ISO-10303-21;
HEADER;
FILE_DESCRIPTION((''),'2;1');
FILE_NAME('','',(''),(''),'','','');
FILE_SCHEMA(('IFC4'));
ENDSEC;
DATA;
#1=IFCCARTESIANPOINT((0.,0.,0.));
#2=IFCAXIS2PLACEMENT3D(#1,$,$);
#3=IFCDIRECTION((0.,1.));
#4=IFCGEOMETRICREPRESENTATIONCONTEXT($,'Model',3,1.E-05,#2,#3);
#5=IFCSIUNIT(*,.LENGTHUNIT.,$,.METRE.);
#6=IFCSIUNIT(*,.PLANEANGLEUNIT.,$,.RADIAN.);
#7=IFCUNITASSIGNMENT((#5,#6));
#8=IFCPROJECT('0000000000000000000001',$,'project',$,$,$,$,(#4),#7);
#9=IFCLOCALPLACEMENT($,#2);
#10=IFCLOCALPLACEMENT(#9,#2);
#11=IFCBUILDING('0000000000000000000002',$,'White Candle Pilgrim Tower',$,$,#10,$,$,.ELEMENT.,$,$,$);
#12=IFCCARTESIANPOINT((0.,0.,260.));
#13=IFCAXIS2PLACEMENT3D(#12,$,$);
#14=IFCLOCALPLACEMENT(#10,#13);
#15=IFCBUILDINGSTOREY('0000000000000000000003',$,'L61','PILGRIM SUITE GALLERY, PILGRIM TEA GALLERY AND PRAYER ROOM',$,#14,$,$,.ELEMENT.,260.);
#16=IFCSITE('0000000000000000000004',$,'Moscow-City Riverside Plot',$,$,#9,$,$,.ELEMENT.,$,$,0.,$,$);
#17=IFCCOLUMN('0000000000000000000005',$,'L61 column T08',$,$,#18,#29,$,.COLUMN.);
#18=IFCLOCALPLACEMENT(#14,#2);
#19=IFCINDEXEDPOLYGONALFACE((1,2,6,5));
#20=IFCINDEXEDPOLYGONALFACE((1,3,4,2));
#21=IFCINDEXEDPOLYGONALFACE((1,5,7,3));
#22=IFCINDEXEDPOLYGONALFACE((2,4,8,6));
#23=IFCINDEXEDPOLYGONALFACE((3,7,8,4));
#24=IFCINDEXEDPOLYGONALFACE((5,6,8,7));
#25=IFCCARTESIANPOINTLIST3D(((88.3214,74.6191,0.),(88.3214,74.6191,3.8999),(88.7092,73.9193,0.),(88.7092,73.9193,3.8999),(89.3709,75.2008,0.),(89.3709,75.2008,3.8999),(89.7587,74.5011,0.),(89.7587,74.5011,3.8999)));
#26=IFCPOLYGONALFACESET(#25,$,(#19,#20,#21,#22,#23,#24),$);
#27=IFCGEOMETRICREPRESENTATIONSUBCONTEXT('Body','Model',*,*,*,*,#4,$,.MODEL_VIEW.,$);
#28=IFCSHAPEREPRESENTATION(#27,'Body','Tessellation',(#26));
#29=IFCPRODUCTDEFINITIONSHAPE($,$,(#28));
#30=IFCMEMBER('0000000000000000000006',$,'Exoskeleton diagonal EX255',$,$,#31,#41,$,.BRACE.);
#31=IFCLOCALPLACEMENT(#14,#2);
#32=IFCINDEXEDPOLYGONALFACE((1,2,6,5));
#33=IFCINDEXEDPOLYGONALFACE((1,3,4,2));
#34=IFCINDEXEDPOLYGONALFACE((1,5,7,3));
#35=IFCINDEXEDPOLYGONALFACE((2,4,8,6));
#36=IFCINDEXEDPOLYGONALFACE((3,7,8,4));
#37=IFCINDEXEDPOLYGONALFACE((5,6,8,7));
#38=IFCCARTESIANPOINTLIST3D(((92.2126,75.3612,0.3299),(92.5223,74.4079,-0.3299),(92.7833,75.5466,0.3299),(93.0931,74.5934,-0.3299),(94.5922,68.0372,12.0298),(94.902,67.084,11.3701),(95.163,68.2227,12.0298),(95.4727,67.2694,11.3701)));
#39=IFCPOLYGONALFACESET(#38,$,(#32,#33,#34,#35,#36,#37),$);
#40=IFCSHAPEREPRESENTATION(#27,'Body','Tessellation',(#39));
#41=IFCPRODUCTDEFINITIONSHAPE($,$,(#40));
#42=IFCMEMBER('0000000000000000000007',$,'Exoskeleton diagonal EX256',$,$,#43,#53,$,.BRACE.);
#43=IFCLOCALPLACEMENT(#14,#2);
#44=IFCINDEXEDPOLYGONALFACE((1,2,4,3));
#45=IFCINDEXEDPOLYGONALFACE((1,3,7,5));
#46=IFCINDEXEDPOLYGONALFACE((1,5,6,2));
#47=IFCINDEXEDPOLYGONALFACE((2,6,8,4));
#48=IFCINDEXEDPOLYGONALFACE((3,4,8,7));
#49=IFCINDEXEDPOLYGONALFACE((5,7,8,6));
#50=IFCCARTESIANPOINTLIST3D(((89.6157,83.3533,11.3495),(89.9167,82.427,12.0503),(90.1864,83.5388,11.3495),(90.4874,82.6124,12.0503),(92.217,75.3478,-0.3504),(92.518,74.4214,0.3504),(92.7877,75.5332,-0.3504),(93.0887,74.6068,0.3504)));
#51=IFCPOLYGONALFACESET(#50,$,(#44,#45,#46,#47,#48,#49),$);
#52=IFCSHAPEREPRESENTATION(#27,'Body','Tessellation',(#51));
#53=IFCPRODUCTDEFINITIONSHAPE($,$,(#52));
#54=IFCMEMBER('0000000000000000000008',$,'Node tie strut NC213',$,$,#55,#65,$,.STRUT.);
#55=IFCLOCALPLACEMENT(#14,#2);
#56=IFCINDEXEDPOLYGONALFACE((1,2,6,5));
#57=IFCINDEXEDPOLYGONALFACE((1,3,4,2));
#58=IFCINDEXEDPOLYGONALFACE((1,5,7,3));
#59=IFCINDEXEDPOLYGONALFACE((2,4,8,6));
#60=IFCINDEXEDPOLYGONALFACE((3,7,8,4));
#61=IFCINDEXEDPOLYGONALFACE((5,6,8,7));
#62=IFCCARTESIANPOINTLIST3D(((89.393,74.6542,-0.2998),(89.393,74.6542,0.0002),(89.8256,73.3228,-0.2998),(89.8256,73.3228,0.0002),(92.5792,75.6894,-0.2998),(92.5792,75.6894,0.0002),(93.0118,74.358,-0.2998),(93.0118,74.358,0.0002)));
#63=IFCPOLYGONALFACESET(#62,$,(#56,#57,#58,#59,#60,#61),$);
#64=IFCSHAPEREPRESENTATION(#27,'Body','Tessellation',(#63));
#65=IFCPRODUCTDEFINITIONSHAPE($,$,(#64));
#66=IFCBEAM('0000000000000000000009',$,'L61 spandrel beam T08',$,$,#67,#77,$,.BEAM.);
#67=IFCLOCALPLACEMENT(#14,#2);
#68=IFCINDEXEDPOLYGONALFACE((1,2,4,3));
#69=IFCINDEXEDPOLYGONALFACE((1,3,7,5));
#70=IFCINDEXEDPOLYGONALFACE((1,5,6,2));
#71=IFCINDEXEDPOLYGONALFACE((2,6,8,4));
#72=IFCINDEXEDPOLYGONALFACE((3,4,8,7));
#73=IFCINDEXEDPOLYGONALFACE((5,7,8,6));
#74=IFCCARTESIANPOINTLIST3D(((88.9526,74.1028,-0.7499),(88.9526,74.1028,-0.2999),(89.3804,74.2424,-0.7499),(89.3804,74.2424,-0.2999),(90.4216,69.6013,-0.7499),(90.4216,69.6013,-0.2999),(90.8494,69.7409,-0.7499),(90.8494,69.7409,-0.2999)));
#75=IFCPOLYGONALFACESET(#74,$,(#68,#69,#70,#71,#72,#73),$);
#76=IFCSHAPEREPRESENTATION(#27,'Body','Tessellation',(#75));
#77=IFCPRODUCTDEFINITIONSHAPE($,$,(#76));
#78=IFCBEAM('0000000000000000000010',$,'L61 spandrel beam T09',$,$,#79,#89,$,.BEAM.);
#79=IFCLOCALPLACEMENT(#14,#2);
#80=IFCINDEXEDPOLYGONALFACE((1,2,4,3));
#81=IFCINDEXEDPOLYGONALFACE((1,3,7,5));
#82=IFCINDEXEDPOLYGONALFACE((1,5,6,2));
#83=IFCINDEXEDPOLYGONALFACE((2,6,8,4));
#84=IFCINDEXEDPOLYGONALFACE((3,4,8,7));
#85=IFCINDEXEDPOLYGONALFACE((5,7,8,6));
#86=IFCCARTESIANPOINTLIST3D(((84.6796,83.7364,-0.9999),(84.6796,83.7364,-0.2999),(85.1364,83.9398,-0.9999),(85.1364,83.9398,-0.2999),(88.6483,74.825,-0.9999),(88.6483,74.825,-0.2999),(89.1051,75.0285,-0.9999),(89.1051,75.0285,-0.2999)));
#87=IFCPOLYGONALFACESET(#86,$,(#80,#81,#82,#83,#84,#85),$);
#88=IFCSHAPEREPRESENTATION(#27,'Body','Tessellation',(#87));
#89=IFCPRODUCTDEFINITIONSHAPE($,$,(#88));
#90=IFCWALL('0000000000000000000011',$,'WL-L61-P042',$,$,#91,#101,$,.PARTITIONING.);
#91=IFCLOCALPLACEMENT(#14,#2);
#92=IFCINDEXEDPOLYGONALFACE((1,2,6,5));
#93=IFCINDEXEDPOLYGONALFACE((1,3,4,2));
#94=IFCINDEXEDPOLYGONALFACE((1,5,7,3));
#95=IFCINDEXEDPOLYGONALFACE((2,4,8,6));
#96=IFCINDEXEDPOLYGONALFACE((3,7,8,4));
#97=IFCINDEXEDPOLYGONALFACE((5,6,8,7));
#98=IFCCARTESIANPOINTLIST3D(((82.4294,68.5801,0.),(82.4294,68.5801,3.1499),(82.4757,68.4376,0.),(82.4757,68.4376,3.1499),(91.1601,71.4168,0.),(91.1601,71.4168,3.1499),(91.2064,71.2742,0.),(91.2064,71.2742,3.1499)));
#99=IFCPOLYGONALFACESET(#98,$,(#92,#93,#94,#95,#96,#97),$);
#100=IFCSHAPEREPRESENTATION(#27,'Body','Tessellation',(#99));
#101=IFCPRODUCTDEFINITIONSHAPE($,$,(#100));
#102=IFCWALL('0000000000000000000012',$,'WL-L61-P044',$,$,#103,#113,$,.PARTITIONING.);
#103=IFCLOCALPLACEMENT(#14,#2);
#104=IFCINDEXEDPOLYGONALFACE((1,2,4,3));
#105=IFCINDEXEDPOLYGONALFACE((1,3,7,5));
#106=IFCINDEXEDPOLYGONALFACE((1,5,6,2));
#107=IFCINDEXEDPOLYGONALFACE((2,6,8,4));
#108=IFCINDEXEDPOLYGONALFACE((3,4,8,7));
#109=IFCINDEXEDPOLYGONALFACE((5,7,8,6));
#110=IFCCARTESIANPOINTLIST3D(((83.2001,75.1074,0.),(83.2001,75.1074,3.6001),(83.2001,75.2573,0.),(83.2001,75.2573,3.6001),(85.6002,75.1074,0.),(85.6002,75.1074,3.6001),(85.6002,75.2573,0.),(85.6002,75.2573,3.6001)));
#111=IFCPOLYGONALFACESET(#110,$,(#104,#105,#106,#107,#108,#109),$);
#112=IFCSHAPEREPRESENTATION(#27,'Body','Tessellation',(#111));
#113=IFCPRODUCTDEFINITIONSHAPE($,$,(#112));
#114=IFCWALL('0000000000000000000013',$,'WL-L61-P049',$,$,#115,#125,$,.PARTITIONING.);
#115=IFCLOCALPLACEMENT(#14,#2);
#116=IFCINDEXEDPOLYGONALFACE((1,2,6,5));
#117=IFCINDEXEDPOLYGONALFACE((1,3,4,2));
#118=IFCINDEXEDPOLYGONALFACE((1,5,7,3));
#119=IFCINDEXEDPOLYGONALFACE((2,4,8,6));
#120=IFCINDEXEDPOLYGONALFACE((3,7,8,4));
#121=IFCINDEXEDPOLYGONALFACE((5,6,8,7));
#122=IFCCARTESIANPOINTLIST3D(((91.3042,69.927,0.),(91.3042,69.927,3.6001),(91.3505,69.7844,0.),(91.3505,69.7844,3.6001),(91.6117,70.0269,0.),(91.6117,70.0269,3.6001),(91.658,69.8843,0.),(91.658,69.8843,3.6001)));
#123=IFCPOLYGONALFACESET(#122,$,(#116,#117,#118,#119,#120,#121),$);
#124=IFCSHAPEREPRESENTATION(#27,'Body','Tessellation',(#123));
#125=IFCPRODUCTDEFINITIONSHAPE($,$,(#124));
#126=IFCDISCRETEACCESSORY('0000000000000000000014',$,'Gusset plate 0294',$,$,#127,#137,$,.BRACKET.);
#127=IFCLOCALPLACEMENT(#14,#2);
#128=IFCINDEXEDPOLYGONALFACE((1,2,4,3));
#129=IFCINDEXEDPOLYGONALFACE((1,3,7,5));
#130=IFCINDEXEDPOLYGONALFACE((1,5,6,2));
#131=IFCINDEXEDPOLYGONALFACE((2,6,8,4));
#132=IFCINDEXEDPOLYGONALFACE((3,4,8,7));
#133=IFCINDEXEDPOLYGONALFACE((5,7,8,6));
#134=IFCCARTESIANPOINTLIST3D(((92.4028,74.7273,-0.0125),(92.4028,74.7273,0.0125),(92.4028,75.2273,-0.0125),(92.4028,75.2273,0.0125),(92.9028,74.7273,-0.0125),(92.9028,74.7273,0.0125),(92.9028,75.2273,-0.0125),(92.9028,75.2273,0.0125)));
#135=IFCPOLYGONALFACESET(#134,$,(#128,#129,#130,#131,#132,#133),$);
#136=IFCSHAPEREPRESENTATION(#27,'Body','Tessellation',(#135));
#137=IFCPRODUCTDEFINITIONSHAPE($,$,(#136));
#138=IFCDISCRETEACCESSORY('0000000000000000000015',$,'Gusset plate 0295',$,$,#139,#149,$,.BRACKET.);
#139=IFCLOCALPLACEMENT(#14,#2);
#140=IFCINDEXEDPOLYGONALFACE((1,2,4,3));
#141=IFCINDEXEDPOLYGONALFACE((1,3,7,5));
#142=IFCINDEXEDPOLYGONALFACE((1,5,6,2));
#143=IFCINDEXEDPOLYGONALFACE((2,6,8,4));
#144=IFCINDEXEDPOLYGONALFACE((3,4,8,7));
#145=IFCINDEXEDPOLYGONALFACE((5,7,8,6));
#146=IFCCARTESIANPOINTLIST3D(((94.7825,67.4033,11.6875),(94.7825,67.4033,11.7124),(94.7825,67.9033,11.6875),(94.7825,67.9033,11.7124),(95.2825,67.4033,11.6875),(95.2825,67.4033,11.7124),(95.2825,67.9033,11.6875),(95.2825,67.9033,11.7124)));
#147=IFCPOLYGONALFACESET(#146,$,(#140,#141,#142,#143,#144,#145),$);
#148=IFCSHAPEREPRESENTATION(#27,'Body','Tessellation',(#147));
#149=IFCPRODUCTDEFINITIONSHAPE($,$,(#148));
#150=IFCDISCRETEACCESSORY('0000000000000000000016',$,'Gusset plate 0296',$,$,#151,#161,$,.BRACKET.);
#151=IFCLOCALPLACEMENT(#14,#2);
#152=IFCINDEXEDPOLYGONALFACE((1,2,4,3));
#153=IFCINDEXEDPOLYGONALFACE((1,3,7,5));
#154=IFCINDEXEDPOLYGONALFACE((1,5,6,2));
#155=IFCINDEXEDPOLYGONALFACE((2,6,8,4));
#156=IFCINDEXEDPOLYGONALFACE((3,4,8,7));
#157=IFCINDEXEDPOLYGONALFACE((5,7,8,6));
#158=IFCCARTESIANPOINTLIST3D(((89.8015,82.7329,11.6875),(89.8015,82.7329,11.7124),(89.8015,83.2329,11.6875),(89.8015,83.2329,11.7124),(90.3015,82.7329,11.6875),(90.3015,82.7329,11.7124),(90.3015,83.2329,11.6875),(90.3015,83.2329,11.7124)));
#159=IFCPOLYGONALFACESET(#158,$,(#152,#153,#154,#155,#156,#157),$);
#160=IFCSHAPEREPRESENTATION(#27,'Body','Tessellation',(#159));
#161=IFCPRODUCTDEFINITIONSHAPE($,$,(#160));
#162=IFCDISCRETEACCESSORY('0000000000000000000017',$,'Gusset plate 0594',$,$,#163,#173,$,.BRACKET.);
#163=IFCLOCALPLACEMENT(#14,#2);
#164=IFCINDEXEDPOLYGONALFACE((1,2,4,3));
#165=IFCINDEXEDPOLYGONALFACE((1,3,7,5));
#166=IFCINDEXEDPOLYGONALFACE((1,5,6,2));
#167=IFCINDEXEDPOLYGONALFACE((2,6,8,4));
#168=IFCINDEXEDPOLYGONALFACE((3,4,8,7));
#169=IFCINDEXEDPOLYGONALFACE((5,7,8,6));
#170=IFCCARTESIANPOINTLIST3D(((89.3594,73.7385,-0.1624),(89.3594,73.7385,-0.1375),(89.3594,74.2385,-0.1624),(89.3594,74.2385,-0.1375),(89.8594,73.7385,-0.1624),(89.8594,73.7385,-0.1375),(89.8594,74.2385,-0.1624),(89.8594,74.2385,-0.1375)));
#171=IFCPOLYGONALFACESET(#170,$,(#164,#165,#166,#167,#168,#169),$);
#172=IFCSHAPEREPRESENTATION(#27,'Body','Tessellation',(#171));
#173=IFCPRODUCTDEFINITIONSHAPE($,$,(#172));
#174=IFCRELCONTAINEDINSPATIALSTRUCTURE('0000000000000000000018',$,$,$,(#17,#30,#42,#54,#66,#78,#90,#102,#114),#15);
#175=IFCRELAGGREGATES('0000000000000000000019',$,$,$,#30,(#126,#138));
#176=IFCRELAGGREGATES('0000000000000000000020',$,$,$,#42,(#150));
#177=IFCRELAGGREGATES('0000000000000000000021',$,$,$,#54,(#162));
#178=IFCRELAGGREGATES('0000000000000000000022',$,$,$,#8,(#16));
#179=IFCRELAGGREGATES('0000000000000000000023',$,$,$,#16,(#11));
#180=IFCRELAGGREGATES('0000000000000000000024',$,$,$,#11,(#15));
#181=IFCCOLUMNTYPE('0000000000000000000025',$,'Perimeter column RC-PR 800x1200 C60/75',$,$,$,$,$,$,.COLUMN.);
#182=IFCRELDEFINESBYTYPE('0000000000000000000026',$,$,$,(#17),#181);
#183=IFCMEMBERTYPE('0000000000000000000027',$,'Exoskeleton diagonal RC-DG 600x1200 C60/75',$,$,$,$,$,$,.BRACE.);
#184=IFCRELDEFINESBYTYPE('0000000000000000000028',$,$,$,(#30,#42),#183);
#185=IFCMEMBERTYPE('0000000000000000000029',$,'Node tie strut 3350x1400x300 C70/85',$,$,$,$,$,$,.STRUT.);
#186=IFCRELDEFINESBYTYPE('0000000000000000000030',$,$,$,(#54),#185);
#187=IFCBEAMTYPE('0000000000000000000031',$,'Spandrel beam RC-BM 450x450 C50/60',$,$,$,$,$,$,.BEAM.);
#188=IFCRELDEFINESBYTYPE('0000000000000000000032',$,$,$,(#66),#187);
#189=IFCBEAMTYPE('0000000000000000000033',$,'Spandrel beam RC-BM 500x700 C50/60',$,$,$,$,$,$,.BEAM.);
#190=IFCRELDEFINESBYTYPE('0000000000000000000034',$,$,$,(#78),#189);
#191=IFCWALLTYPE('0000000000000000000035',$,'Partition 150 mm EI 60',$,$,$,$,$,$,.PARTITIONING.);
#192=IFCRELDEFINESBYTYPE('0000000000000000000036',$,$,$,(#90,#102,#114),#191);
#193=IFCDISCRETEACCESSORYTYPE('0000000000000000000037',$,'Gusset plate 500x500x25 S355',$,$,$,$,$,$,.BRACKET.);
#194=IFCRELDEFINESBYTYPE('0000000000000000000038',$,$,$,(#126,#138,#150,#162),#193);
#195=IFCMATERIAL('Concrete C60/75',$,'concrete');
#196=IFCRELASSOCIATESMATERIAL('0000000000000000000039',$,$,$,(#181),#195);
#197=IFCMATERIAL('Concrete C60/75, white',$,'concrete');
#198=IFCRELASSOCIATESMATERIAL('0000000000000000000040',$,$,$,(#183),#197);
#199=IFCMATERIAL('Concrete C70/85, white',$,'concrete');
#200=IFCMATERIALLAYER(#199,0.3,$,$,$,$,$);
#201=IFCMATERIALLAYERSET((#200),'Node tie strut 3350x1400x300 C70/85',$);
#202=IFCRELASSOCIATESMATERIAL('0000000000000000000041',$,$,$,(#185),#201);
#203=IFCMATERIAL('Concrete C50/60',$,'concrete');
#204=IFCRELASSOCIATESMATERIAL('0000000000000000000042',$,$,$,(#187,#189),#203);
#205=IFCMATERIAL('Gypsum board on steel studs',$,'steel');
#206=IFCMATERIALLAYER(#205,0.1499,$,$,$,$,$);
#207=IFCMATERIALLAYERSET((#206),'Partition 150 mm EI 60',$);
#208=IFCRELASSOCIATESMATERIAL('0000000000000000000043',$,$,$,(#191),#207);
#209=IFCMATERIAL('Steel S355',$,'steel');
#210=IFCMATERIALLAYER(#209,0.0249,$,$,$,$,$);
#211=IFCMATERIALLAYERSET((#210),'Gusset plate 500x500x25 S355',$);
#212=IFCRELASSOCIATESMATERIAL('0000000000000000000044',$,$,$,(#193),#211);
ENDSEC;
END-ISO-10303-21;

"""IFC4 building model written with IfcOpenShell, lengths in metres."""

from ifc_helpers import new_model, si_unit, direction, frame, frame_2d, origin, origin_2d, place, context, subcontext, project, spatial, rectangle, extrude, material, layer, layer_set, material_profile, profile_set, type_object, element, aggregate, save


model = new_model("IFC4")

# Units and contexts
model_context = context("Model", 3, precision=1e-05, world=origin(), true_north=direction((0.0, 1.0)))
body_context = subcontext(model_context, "Body", "Model", "MODEL_VIEW")
ifc_project = project(units=[si_unit("LENGTHUNIT", "METRE"), si_unit("PLANEANGLEUNIT", "RADIAN")], contexts=[model_context])

# Site, building, storey
site_placement = place(None, origin())
site = spatial("IfcSite", under=ifc_project, at=site_placement, Name="Moscow-City Riverside Plot", CompositionType="ELEMENT", RefElevation=0.0)
building_placement = place(site_placement, origin())
building = spatial("IfcBuilding", under=site, at=building_placement, Name="White Candle Pilgrim Tower", CompositionType="ELEMENT")
storey_placement = place(building_placement, frame((0.0, 0.0, 260.0)))
storey = spatial("IfcBuildingStorey", under=building, at=storey_placement, Name="L61", Description="PILGRIM SUITE GALLERY, PILGRIM TEA GALLERY AND PRAYER ROOM", CompositionType="ELEMENT", Elevation=260.0)

# Column
ifc_material_1 = material(Name="Concrete C60/75", Category="concrete")
ifc_material_profile_1 = material_profile(ifc_material_1, rectangle(XDim=0.8, YDim=1.2, at=origin_2d()), Name="RC-PR 800x1200")
ifc_profile_set_1 = profile_set([ifc_material_profile_1], Name="Concrete C60/75")
column_type = type_object("IfcColumnType", Name="Perimeter column RC-PR 800x1200 C60/75", PredefinedType="COLUMN", material=ifc_profile_set_1)
column_placement = place(storey_placement, frame((89.04, 74.5601, 0.0), z_axis=(0.0, 0.0, 1.0), x_axis=(0.48481, -0.87462, 0.0)))
element("IfcColumn", 1, at=column_placement, inside=storey, type_object=column_type, Name="L61 column T08", PredefinedType="COLUMN", context=body_context, shape_type="SweptSolid", body=[
    extrude(rectangle(XDim=0.8, YDim=1.2, at=origin_2d()), origin(), (0.0, 0.0, 1.0), 3.8999),
])

# Members
ifc_material_2 = material(Name="Concrete C60/75, white", Category="concrete")
ifc_material_profile_2 = material_profile(ifc_material_2, rectangle(XDim=0.6001, YDim=1.2, at=origin_2d()), Name="RC-DG 600x1200")
ifc_profile_set_2 = profile_set([ifc_material_profile_2], Name="Concrete C60/75, white")
member_type_1 = type_object("IfcMemberType", Name="Exoskeleton diagonal RC-DG 600x1200 C60/75", PredefinedType="BRACE", material=ifc_profile_set_2)
member_1_placement = place(storey_placement, frame((92.6528, 74.9773, 0.0), z_axis=(0.169891, -0.522885, 0.835301), x_axis=(0.951059, 0.309009, 0.0)))
member_1 = element("IfcMember", 2, at=member_1_placement, inside=storey, type_object=member_type_1, Name="Exoskeleton diagonal EX255", PredefinedType="BRACE", context=body_context, shape_type="SweptSolid", body=[
    extrude(rectangle(XDim=0.6001, YDim=1.2, at=origin_2d()), origin(), (0.0, 0.0, 1.0), 14.0068),
])
member_2_placement = place(storey_placement, frame((92.6528, 74.9773, 0.0), z_axis=(-0.180479, 0.555429, 0.811742), x_axis=(-0.951052, -0.309032, 0.0)))
member_2 = element("IfcMember", 3, at=member_2_placement, inside=storey, type_object=member_type_1, Name="Exoskeleton diagonal EX256", PredefinedType="BRACE", context=body_context, shape_type="SweptSolid", body=[
    extrude(rectangle(XDim=0.6001, YDim=1.2, at=origin_2d()), origin(), (0.0, 0.0, 1.0), 14.4133),
])
ifc_material_3 = material(Name="Concrete C70/85, white", Category="concrete")
ifc_layer_1 = layer(ifc_material_3, 0.3)
ifc_layer_set_1 = layer_set([ifc_layer_1], Name="Node tie strut 3350x1400x300 C70/85")
member_type_2 = type_object("IfcMemberType", Name="Node tie strut 3350x1400x300 C70/85", PredefinedType="STRUT", material=ifc_layer_set_1)
member_3_placement = place(storey_placement, frame((91.2024, 74.5061, -0.2998), z_axis=(0.0, 0.0, 1.0), x_axis=(-0.309017, 0.951057, 0.0)))
member_3 = element("IfcMember", 4, at=member_3_placement, inside=storey, type_object=member_type_2, Name="Node tie strut NC213", PredefinedType="STRUT", context=body_context, shape_type="SweptSolid", body=[
    extrude(rectangle(XDim=1.3999, YDim=3.3501, at=origin_2d()), origin(), (0.0, 0.0, 1.0), 0.3),
])

# Beams
ifc_material_4 = material(Name="Concrete C50/60", Category="concrete")
ifc_material_profile_3 = material_profile(ifc_material_4, rectangle(XDim=0.45, YDim=0.45, at=origin_2d()), Name="RC-BM 450x450")
ifc_profile_set_3 = profile_set([ifc_material_profile_3], Name="Concrete C50/60")
beam_type_1 = type_object("IfcBeamType", Name="Spandrel beam RC-BM 450x450 C50/60", PredefinedType="BEAM", material=ifc_profile_set_3)
beam_1_placement = place(storey_placement, frame((90.6355, 69.6711, -0.5249), z_axis=(-0.310235, 0.95066, 0.0), x_axis=(-0.95066, -0.310235, 0.0)))
element("IfcBeam", 5, at=beam_1_placement, inside=storey, type_object=beam_type_1, Name="L61 spandrel beam T08", PredefinedType="BEAM", context=body_context, shape_type="SweptSolid", body=[
    extrude(rectangle(XDim=0.45, YDim=0.45, at=origin_2d()), origin(), (0.0, 0.0, 1.0), 4.7351),
])
ifc_material_profile_4 = material_profile(ifc_material_4, rectangle(XDim=0.5, YDim=0.7, at=origin_2d()), Name="RC-BM 500x700")
ifc_profile_set_4 = profile_set([ifc_material_profile_4], Name="Concrete C50/60")
beam_type_2 = type_object("IfcBeamType", Name="Spandrel beam RC-BM 500x700 C50/60", PredefinedType="BEAM", material=ifc_profile_set_4)
beam_2_placement = place(storey_placement, frame((88.8767, 74.9268, -0.6499), z_axis=(-0.406835, 0.913502, 0.0), x_axis=(-0.913502, -0.406835, 0.0)))
element("IfcBeam", 6, at=beam_2_placement, inside=storey, type_object=beam_type_2, Name="L61 spandrel beam T09", PredefinedType="BEAM", context=body_context, shape_type="SweptSolid", body=[
    extrude(rectangle(XDim=0.5, YDim=0.7, at=origin_2d()), origin(), (0.0, 0.0, 1.0), 9.7551),
])

# Walls
ifc_material_5 = material(Name="Gypsum board on steel studs", Category="steel")
ifc_layer_2 = layer(ifc_material_5, 0.1499)
ifc_layer_set_2 = layer_set([ifc_layer_2], Name="Partition 150 mm EI 60")
wall_type_1 = type_object("IfcWallType", Name="Partition 150 mm EI 60", PredefinedType="PARTITIONING", material=ifc_layer_set_2)
wall_1_placement = place(storey_placement, frame((91.1831, 71.3455, 0.0), z_axis=(0.0, 0.0, 1.0), x_axis=(-0.95106, -0.309006, 0.0)))
element("IfcWall", 7, at=wall_1_placement, inside=storey, type_object=wall_type_1, Name="WL-L61-P042", PredefinedType="PARTITIONING", context=body_context, shape_type="SweptSolid", body=[
    extrude(rectangle(XDim=9.1799, YDim=0.1499, at=frame_2d((4.5898, 0.0))), origin(), (0.0, 0.0, 1.0), 3.1499),
])
wall_2_placement = place(storey_placement, frame((83.2, 75.1824, 0.0), z_axis=(0.0, 0.0, 1.0), x_axis=(1.0, 0.0, 0.0)))
element("IfcWall", 8, at=wall_2_placement, inside=storey, type_object=wall_type_1, Name="WL-L61-P044", PredefinedType="PARTITIONING", context=body_context, shape_type="SweptSolid", body=[
    extrude(rectangle(XDim=2.4001, YDim=0.1499, at=frame_2d((1.2002, 0.0))), origin(), (0.0, 0.0, 1.0), 3.6001),
])
wall_3_placement = place(storey_placement, frame((91.3274, 69.8557, 0.0), z_axis=(0.0, 0.0, 1.0), x_axis=(0.951073, 0.308967, 0.0)))
element("IfcWall", 9, at=wall_3_placement, inside=storey, type_object=wall_type_1, Name="WL-L61-P049", PredefinedType="PARTITIONING", context=body_context, shape_type="SweptSolid", body=[
    extrude(rectangle(XDim=0.3232, YDim=0.1499, at=frame_2d((0.1616, 0.0))), origin(), (0.0, 0.0, 1.0), 3.6001),
])

# Discrete accessories
ifc_material_6 = material(Name="Steel S355", Category="steel")
ifc_layer_3 = layer(ifc_material_6, 0.0249)
ifc_layer_set_3 = layer_set([ifc_layer_3], Name="Gusset plate 500x500x25 S355")
discrete_accessory_type = type_object("IfcDiscreteAccessoryType", Name="Gusset plate 500x500x25 S355", PredefinedType="BRACKET", material=ifc_layer_set_3)
discrete_accessory_1_placement = place(storey_placement, frame((92.6528, 74.9773, -0.0125), z_axis=(0.0, 0.0, 1.0), x_axis=(1.0, 0.0, 0.0)))
discrete_accessory_1 = element("IfcDiscreteAccessory", 10, at=discrete_accessory_1_placement, type_object=discrete_accessory_type, Name="Gusset plate 0294", PredefinedType="BRACKET", context=body_context, shape_type="SweptSolid", body=[
    extrude(rectangle(XDim=0.5, YDim=0.5, at=origin_2d()), origin(), (0.0, 0.0, 1.0), 0.0249),
])
placement = place(building_placement, frame((0.0, 0.0, 271.7)))
discrete_accessory_2_placement = place(placement, frame((95.0325, 67.6533, -0.0125), z_axis=(0.0, 0.0, 1.0), x_axis=(1.0, 0.0, 0.0)))
discrete_accessory_2 = element("IfcDiscreteAccessory", 11, at=discrete_accessory_2_placement, type_object=discrete_accessory_type, Name="Gusset plate 0295", PredefinedType="BRACKET", context=body_context, shape_type="SweptSolid", body=[
    extrude(rectangle(XDim=0.5, YDim=0.5, at=origin_2d()), origin(), (0.0, 0.0, 1.0), 0.0249),
])
aggregate(member_1, [discrete_accessory_1, discrete_accessory_2])
discrete_accessory_3_placement = place(placement, frame((90.0515, 82.9829, -0.0125), z_axis=(0.0, 0.0, 1.0), x_axis=(1.0, 0.0, 0.0)))
discrete_accessory_3 = element("IfcDiscreteAccessory", 12, at=discrete_accessory_3_placement, type_object=discrete_accessory_type, Name="Gusset plate 0296", PredefinedType="BRACKET", context=body_context, shape_type="SweptSolid", body=[
    extrude(rectangle(XDim=0.5, YDim=0.5, at=origin_2d()), origin(), (0.0, 0.0, 1.0), 0.0249),
])
aggregate(member_2, [discrete_accessory_3])
discrete_accessory_4_placement = place(storey_placement, frame((89.6094, 73.9885, -0.1624), z_axis=(0.0, 0.0, 1.0), x_axis=(1.0, 0.0, 0.0)))
discrete_accessory_4 = element("IfcDiscreteAccessory", 13, at=discrete_accessory_4_placement, type_object=discrete_accessory_type, Name="Gusset plate 0594", PredefinedType="BRACKET", context=body_context, shape_type="SweptSolid", body=[
    extrude(rectangle(XDim=0.5, YDim=0.5, at=origin_2d()), origin(), (0.0, 0.0, 1.0), 0.0249),
])
aggregate(member_3, [discrete_accessory_4])

save(model, "model.ifc")
